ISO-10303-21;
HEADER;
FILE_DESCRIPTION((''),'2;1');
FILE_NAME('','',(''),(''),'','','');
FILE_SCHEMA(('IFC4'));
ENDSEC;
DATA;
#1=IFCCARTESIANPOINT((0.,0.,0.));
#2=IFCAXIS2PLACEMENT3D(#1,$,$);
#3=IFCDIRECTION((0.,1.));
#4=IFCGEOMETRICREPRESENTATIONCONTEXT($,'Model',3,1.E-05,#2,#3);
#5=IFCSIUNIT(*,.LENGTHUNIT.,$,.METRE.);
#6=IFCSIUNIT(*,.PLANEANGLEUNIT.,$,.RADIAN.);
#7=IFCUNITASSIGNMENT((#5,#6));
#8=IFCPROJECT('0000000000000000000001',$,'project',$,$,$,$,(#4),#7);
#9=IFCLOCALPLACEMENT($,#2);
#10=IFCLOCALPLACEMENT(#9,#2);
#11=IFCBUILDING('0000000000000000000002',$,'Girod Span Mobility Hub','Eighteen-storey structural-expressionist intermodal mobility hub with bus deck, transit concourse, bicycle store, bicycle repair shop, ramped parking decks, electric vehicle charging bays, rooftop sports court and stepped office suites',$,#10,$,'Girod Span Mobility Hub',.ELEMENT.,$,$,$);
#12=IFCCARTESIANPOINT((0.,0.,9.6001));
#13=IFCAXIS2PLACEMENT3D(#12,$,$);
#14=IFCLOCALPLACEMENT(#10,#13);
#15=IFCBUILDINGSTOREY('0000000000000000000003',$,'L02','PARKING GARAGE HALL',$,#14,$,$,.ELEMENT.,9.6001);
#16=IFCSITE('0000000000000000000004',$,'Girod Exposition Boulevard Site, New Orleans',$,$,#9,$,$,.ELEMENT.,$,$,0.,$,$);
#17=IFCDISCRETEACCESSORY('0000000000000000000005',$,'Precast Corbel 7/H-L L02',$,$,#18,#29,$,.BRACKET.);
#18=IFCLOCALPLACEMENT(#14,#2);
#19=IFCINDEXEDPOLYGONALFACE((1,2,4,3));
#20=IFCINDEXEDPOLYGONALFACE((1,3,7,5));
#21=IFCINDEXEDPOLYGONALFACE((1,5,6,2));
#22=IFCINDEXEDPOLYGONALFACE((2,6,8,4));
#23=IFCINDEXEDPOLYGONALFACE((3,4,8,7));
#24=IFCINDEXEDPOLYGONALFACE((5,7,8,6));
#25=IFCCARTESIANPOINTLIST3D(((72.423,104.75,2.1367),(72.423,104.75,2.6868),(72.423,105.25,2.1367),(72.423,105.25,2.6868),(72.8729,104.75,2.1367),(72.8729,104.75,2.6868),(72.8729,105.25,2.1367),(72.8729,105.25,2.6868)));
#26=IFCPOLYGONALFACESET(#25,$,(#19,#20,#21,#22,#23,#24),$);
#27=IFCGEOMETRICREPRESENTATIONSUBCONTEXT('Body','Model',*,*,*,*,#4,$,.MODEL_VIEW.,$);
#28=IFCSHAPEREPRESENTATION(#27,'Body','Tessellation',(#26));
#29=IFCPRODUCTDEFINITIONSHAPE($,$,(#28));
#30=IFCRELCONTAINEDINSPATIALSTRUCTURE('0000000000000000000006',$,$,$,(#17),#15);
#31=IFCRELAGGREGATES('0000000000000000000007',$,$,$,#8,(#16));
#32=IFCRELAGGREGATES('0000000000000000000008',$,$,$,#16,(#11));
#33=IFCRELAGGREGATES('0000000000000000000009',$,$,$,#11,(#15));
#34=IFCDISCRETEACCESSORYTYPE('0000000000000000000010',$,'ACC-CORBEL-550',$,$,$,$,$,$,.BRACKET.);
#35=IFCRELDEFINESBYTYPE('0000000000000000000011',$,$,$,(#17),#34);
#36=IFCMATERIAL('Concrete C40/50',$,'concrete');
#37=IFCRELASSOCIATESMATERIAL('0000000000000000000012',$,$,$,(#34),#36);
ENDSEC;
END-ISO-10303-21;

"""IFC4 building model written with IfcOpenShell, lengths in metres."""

from ifc_helpers import new_model, si_unit, direction, frame, origin, origin_2d, place, context, subcontext, project, spatial, rectangle, extrude, material, type_object, element, save


model = new_model("IFC4")

# Units and contexts
model_context = context("Model", 3, precision=1e-05, world=origin(), true_north=direction((0.0, 1.0)))
body_context = subcontext(model_context, "Body", "Model", "MODEL_VIEW")
ifc_project = project(units=[si_unit("LENGTHUNIT", "METRE"), si_unit("PLANEANGLEUNIT", "RADIAN")], contexts=[model_context])

# Site, building, storey
site_placement = place(None, origin())
site = spatial("IfcSite", under=ifc_project, at=site_placement, Name="Girod Exposition Boulevard Site, New Orleans", CompositionType="ELEMENT", RefElevation=0.0)
building_placement = place(site_placement, origin())
building = spatial("IfcBuilding", under=site, at=building_placement, Name="Girod Span Mobility Hub", Description="Eighteen-storey structural-expressionist intermodal mobility hub with bus deck, transit concourse, bicycle store, bicycle repair shop, ramped parking decks, electric vehicle charging bays, rooftop sports court and stepped office suites", LongName="Girod Span Mobility Hub", CompositionType="ELEMENT")
storey_placement = place(building_placement, frame((0.0, 0.0, 9.6001)))
storey = spatial("IfcBuildingStorey", under=building, at=storey_placement, Name="L02", Description="PARKING GARAGE HALL", CompositionType="ELEMENT", Elevation=9.6001)

# Discrete accessory
ifc_material_1 = material(Name="Concrete C40/50", Category="concrete")
discrete_accessory_type = type_object("IfcDiscreteAccessoryType", Name="ACC-CORBEL-550", PredefinedType="BRACKET", material=ifc_material_1)
for number, where, z_axis, x_axis, name in (
    (1, (72.6479, 105.0, 2.1367), (0.0, 0.0, 1.0), (1.0, 0.0, 0.0), "Precast Corbel 7/H-L L02"),
):
    element("IfcDiscreteAccessory", number, at=place(storey_placement, frame(where, z_axis=z_axis, x_axis=x_axis)), inside=storey, type_object=discrete_accessory_type, Name=name, PredefinedType="BRACKET", context=body_context, shape_type="SweptSolid", body=[
        extrude(rectangle(XDim=0.45, YDim=0.5, at=origin_2d()), origin(), (0.0, 0.0, 1.0), 0.55),
    ])

save(model, "model.ifc")
